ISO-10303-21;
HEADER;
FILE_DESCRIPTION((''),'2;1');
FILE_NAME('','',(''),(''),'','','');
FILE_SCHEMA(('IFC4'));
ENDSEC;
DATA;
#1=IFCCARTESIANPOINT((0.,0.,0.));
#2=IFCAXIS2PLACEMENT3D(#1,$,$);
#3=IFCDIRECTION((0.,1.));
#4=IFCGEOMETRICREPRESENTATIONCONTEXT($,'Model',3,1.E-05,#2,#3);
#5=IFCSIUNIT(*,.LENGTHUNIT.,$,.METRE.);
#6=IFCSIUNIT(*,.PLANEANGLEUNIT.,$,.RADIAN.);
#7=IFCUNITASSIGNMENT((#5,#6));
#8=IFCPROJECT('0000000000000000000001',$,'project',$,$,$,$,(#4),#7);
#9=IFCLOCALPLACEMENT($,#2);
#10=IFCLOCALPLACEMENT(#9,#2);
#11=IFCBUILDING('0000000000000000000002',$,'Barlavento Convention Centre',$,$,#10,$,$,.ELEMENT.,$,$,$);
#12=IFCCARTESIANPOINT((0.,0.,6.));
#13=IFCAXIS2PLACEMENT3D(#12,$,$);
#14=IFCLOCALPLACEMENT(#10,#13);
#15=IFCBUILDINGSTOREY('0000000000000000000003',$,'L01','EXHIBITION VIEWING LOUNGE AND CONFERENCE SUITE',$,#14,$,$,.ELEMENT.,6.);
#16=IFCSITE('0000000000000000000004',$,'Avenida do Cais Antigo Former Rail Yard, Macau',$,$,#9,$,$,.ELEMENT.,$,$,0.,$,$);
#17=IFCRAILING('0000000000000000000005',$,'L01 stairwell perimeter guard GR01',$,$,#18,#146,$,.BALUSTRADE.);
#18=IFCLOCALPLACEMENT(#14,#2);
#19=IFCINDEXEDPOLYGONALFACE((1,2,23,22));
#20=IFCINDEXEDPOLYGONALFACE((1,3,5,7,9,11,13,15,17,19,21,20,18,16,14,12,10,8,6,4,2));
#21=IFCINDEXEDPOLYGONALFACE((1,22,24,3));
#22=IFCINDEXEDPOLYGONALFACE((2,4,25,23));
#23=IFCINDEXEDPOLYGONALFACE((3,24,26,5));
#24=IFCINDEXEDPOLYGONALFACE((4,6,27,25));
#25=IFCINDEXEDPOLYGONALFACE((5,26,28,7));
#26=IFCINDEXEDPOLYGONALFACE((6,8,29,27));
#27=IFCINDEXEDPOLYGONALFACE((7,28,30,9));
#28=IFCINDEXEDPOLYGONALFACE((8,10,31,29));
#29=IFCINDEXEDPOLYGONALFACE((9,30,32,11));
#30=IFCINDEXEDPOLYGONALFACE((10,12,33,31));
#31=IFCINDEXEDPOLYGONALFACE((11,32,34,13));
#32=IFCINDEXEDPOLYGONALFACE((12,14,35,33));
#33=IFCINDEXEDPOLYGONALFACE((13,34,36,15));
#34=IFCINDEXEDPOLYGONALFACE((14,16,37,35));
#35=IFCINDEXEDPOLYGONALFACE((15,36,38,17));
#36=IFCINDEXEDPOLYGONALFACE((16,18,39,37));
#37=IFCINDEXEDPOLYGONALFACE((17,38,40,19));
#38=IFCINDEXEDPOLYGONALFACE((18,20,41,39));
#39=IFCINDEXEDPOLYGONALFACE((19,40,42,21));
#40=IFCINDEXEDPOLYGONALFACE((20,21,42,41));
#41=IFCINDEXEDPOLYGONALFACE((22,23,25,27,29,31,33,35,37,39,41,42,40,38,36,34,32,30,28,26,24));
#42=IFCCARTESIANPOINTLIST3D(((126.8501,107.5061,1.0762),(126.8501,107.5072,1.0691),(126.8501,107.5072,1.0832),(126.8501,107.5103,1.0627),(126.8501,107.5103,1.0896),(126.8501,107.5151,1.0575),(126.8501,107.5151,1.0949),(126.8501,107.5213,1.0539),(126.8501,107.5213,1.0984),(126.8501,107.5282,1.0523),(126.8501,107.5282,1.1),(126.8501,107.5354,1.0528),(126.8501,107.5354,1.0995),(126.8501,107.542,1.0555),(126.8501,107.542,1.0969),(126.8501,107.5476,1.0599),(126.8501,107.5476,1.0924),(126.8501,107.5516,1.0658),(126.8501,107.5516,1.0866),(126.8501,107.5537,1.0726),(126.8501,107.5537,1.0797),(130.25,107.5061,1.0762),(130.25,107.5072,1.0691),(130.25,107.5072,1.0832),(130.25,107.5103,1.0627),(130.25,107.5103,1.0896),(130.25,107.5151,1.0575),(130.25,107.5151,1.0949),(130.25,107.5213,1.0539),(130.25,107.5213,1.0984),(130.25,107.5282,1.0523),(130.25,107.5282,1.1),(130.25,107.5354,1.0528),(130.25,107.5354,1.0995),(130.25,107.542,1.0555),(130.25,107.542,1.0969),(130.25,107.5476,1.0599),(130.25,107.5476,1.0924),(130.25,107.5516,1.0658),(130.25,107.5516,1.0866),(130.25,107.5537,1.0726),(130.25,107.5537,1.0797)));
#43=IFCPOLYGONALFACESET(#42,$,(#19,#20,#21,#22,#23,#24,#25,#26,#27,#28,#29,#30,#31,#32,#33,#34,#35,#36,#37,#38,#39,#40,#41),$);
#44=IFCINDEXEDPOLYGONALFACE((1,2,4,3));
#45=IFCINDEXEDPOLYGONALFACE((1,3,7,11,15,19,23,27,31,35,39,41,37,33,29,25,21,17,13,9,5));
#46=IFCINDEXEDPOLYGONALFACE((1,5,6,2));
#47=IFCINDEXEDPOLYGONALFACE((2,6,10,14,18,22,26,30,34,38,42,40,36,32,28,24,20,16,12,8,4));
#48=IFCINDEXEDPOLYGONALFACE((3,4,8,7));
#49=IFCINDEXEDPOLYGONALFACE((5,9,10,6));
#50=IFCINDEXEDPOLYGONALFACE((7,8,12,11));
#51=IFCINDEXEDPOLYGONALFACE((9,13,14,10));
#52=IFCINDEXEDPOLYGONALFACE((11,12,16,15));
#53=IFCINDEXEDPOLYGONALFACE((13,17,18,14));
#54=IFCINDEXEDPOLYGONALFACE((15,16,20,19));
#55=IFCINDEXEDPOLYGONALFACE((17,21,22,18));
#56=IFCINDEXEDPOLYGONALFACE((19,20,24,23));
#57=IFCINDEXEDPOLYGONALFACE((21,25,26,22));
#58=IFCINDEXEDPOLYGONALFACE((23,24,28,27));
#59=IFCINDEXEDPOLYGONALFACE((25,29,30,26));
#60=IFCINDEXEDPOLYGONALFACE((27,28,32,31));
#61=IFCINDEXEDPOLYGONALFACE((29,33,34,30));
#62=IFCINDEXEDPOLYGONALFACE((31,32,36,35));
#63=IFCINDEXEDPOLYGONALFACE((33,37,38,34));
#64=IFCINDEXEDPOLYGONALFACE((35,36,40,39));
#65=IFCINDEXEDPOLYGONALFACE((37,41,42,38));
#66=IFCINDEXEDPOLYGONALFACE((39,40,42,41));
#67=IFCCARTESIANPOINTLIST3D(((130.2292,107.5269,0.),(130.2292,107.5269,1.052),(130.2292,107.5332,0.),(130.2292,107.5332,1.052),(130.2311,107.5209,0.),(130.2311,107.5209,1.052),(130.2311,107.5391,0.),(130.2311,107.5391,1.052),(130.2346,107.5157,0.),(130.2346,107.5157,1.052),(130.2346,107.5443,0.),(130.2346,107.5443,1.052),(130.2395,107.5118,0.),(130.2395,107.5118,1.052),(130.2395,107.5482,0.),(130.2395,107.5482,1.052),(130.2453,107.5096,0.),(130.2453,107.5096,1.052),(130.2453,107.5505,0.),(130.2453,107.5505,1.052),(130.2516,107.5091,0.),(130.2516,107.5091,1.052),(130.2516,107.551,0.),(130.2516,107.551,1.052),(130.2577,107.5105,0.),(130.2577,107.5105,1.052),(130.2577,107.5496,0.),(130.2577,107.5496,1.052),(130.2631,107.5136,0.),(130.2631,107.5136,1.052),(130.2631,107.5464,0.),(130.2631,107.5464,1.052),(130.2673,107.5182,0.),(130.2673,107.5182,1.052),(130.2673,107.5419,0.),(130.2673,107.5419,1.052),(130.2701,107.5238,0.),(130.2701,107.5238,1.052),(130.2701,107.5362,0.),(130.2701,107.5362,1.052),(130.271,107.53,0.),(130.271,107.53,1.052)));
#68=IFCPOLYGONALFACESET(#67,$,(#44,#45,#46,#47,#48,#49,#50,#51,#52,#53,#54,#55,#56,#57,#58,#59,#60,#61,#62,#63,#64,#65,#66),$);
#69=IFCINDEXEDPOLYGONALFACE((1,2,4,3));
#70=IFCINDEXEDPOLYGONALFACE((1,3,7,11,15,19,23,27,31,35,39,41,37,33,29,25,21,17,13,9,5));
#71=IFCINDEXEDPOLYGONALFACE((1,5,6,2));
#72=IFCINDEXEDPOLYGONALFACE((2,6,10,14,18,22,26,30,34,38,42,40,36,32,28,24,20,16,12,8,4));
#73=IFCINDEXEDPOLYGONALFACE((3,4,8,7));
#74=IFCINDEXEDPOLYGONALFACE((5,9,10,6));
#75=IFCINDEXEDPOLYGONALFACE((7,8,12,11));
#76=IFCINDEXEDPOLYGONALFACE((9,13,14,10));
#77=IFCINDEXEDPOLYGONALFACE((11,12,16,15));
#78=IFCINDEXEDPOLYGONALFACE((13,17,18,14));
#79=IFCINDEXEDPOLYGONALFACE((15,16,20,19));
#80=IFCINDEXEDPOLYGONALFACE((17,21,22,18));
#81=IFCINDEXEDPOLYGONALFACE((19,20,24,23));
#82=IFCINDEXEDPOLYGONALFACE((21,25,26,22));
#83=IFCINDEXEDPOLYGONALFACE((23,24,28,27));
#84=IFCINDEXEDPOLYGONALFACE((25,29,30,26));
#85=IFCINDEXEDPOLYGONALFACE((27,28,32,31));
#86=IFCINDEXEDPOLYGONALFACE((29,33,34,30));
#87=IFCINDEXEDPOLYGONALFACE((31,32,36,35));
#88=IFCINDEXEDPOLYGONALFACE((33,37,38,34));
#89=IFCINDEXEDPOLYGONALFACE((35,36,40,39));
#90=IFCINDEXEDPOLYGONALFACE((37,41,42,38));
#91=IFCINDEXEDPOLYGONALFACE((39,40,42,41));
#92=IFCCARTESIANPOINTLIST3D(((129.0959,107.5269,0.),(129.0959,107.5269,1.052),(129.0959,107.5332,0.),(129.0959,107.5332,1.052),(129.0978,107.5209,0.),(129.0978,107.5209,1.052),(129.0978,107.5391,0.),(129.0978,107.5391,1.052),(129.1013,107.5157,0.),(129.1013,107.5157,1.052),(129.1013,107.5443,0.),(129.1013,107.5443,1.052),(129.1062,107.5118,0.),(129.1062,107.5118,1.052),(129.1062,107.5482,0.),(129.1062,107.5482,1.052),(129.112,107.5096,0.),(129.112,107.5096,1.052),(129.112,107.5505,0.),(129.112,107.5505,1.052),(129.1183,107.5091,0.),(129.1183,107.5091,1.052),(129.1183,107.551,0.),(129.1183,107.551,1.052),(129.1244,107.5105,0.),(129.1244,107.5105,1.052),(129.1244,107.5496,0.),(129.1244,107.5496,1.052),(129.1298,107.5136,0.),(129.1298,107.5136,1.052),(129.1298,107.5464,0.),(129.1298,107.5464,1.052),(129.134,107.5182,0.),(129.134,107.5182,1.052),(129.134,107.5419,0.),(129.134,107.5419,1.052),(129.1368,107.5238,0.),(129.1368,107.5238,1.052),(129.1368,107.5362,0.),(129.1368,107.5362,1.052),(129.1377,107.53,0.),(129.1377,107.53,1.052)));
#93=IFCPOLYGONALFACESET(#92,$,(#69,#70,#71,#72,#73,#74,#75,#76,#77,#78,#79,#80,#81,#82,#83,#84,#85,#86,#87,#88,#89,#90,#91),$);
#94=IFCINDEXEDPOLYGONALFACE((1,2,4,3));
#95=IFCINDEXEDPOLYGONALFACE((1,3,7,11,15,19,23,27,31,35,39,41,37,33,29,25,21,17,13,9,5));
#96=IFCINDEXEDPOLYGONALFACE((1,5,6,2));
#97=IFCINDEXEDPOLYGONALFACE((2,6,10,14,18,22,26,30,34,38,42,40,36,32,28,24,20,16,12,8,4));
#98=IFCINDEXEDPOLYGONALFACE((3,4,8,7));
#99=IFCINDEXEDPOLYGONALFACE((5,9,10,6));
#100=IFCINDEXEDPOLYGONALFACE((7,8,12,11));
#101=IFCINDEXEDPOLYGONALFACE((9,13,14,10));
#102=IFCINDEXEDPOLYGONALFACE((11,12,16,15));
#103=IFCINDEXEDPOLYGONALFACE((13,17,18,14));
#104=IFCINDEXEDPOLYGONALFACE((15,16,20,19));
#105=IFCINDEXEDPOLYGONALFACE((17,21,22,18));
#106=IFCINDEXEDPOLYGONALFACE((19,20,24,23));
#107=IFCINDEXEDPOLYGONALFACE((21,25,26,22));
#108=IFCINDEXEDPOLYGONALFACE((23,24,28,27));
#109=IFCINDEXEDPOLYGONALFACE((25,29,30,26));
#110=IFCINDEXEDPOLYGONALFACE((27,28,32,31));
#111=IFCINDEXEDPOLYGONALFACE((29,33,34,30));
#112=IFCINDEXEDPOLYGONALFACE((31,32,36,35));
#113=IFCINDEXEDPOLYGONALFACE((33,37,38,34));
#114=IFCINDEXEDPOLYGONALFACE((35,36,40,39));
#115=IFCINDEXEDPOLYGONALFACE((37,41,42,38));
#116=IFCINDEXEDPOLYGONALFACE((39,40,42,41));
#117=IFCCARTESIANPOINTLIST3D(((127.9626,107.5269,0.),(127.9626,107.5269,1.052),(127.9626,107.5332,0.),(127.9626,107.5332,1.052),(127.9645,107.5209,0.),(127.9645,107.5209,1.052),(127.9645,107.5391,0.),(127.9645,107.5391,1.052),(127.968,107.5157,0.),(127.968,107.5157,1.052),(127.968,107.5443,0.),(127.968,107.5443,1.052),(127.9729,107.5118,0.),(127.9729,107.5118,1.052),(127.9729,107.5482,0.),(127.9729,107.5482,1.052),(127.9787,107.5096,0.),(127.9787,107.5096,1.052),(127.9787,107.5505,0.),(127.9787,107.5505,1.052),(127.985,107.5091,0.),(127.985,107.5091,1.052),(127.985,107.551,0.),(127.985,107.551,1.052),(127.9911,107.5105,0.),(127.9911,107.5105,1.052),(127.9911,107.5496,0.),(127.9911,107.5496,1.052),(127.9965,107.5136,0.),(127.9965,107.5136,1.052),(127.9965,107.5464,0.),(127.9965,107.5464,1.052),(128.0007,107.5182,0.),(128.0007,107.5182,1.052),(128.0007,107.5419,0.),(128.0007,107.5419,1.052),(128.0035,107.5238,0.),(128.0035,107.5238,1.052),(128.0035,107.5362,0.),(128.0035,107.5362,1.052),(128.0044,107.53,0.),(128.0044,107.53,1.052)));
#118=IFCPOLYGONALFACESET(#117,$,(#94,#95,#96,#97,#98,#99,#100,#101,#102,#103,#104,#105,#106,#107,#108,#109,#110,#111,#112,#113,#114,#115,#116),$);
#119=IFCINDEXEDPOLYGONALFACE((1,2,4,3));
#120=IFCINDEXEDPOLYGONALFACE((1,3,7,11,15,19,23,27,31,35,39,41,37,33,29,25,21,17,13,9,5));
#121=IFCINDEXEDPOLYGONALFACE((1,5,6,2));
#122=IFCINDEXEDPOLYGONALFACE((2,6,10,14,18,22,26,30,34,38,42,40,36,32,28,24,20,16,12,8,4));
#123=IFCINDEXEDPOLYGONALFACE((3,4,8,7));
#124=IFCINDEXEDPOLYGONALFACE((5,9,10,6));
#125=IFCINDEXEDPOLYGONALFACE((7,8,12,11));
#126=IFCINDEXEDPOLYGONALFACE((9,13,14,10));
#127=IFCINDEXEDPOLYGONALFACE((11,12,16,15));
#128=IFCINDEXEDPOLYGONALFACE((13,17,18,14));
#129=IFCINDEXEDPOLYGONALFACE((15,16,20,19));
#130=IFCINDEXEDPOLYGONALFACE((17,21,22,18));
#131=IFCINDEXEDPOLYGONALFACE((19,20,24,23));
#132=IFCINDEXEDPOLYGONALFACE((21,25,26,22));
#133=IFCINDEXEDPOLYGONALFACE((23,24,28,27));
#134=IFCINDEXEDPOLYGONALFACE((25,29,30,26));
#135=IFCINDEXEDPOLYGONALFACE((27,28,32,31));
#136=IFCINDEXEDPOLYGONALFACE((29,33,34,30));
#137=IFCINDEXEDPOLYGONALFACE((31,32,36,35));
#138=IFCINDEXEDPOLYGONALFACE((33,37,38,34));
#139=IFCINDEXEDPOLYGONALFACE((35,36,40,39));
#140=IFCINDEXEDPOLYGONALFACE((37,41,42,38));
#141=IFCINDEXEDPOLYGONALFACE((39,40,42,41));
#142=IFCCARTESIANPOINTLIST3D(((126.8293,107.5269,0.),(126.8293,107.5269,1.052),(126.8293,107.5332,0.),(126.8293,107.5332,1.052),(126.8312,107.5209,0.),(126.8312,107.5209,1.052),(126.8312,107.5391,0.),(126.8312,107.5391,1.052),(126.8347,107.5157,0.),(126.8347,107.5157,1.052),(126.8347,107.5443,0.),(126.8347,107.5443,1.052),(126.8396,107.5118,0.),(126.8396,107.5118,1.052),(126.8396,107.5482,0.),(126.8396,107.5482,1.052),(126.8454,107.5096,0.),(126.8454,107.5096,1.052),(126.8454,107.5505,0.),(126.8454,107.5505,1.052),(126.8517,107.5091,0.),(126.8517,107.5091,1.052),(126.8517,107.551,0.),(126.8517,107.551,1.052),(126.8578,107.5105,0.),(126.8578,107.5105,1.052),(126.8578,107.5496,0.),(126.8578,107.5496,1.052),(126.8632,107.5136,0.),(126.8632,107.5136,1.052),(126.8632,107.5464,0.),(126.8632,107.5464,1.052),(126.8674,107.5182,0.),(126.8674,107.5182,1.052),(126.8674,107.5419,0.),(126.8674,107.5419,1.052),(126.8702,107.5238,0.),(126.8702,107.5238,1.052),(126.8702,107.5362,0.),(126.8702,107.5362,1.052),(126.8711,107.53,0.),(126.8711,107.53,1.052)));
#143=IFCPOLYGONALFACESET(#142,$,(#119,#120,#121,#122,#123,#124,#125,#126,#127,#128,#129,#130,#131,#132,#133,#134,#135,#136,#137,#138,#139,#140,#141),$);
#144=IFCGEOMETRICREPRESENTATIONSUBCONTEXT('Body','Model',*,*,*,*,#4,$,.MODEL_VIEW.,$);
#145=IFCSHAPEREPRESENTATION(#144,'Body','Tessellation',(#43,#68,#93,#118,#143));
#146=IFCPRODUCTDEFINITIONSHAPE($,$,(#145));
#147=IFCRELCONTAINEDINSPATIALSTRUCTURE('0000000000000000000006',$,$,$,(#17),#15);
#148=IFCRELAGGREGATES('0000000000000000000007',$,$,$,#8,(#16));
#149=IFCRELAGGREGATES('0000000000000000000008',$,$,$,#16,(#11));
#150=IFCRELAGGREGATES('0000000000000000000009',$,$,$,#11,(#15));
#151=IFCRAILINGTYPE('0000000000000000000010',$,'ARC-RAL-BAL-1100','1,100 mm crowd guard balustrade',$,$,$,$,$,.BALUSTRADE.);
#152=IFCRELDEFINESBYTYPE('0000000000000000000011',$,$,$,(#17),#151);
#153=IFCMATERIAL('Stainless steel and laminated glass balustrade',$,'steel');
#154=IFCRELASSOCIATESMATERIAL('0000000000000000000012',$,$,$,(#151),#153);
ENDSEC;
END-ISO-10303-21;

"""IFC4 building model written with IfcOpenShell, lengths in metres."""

from ifc_helpers import new_model, si_unit, direction, frame, origin, origin_2d, place, context, subcontext, project, spatial, circle, extrude, material, type_object, element, save


model = new_model("IFC4")

# Units and contexts
model_context = context("Model", 3, precision=1e-05, world=origin(), true_north=direction((0.0, 1.0)))
body_context = subcontext(model_context, "Body", "Model", "MODEL_VIEW")
ifc_project = project(units=[si_unit("LENGTHUNIT", "METRE"), si_unit("PLANEANGLEUNIT", "RADIAN")], contexts=[model_context])

# Site, building, storey
site_placement = place(None, origin())
site = spatial("IfcSite", under=ifc_project, at=site_placement, Name="Avenida do Cais Antigo Former Rail Yard, Macau", CompositionType="ELEMENT", RefElevation=0.0)
building_placement = place(site_placement, origin())
building = spatial("IfcBuilding", under=site, at=building_placement, Name="Barlavento Convention Centre", CompositionType="ELEMENT")
storey_placement = place(building_placement, frame((0.0, 0.0, 6.0)))
storey = spatial("IfcBuildingStorey", under=building, at=storey_placement, Name="L01", Description="EXHIBITION VIEWING LOUNGE AND CONFERENCE SUITE", CompositionType="ELEMENT", Elevation=6.0)

# Railing
ifc_material_1 = material(Name="Stainless steel and laminated glass balustrade", Category="steel")
railing_type = type_object("IfcRailingType", Name="ARC-RAL-BAL-1100", Description="1,100 mm crowd guard balustrade", PredefinedType="BALUSTRADE", material=ifc_material_1)
railing_1_placement = place(storey_placement, frame((130.25, 107.53, 0.0)))
element("IfcRailing", 1, at=railing_1_placement, inside=storey, type_object=railing_type, Name="L01 stairwell perimeter guard GR01", PredefinedType="BALUSTRADE", context=body_context, shape_type="SweptSolid", body=[
    extrude(circle(Radius=0.0239, at=origin_2d()), frame((0.0, 0.0, 1.0762), z_axis=(-1.0, 0.0, 0.0), x_axis=(0.0, -1.0, 0.0)), (0.0, 0.0, 1.0), 3.3999),
    extrude(circle(Radius=0.021, at=origin_2d()), origin(), (0.0, 0.0, 1.0), 1.052),
    extrude(circle(Radius=0.021, at=origin_2d()), frame((-1.1333, 0.0, 0.0)), (0.0, 0.0, 1.0), 1.052),
    extrude(circle(Radius=0.021, at=origin_2d()), frame((-2.2666, 0.0, 0.0)), (0.0, 0.0, 1.0), 1.052),
    extrude(circle(Radius=0.021, at=origin_2d()), frame((-3.3999, 0.0, 0.0)), (0.0, 0.0, 1.0), 1.052),
])

save(model, "model.ifc")
